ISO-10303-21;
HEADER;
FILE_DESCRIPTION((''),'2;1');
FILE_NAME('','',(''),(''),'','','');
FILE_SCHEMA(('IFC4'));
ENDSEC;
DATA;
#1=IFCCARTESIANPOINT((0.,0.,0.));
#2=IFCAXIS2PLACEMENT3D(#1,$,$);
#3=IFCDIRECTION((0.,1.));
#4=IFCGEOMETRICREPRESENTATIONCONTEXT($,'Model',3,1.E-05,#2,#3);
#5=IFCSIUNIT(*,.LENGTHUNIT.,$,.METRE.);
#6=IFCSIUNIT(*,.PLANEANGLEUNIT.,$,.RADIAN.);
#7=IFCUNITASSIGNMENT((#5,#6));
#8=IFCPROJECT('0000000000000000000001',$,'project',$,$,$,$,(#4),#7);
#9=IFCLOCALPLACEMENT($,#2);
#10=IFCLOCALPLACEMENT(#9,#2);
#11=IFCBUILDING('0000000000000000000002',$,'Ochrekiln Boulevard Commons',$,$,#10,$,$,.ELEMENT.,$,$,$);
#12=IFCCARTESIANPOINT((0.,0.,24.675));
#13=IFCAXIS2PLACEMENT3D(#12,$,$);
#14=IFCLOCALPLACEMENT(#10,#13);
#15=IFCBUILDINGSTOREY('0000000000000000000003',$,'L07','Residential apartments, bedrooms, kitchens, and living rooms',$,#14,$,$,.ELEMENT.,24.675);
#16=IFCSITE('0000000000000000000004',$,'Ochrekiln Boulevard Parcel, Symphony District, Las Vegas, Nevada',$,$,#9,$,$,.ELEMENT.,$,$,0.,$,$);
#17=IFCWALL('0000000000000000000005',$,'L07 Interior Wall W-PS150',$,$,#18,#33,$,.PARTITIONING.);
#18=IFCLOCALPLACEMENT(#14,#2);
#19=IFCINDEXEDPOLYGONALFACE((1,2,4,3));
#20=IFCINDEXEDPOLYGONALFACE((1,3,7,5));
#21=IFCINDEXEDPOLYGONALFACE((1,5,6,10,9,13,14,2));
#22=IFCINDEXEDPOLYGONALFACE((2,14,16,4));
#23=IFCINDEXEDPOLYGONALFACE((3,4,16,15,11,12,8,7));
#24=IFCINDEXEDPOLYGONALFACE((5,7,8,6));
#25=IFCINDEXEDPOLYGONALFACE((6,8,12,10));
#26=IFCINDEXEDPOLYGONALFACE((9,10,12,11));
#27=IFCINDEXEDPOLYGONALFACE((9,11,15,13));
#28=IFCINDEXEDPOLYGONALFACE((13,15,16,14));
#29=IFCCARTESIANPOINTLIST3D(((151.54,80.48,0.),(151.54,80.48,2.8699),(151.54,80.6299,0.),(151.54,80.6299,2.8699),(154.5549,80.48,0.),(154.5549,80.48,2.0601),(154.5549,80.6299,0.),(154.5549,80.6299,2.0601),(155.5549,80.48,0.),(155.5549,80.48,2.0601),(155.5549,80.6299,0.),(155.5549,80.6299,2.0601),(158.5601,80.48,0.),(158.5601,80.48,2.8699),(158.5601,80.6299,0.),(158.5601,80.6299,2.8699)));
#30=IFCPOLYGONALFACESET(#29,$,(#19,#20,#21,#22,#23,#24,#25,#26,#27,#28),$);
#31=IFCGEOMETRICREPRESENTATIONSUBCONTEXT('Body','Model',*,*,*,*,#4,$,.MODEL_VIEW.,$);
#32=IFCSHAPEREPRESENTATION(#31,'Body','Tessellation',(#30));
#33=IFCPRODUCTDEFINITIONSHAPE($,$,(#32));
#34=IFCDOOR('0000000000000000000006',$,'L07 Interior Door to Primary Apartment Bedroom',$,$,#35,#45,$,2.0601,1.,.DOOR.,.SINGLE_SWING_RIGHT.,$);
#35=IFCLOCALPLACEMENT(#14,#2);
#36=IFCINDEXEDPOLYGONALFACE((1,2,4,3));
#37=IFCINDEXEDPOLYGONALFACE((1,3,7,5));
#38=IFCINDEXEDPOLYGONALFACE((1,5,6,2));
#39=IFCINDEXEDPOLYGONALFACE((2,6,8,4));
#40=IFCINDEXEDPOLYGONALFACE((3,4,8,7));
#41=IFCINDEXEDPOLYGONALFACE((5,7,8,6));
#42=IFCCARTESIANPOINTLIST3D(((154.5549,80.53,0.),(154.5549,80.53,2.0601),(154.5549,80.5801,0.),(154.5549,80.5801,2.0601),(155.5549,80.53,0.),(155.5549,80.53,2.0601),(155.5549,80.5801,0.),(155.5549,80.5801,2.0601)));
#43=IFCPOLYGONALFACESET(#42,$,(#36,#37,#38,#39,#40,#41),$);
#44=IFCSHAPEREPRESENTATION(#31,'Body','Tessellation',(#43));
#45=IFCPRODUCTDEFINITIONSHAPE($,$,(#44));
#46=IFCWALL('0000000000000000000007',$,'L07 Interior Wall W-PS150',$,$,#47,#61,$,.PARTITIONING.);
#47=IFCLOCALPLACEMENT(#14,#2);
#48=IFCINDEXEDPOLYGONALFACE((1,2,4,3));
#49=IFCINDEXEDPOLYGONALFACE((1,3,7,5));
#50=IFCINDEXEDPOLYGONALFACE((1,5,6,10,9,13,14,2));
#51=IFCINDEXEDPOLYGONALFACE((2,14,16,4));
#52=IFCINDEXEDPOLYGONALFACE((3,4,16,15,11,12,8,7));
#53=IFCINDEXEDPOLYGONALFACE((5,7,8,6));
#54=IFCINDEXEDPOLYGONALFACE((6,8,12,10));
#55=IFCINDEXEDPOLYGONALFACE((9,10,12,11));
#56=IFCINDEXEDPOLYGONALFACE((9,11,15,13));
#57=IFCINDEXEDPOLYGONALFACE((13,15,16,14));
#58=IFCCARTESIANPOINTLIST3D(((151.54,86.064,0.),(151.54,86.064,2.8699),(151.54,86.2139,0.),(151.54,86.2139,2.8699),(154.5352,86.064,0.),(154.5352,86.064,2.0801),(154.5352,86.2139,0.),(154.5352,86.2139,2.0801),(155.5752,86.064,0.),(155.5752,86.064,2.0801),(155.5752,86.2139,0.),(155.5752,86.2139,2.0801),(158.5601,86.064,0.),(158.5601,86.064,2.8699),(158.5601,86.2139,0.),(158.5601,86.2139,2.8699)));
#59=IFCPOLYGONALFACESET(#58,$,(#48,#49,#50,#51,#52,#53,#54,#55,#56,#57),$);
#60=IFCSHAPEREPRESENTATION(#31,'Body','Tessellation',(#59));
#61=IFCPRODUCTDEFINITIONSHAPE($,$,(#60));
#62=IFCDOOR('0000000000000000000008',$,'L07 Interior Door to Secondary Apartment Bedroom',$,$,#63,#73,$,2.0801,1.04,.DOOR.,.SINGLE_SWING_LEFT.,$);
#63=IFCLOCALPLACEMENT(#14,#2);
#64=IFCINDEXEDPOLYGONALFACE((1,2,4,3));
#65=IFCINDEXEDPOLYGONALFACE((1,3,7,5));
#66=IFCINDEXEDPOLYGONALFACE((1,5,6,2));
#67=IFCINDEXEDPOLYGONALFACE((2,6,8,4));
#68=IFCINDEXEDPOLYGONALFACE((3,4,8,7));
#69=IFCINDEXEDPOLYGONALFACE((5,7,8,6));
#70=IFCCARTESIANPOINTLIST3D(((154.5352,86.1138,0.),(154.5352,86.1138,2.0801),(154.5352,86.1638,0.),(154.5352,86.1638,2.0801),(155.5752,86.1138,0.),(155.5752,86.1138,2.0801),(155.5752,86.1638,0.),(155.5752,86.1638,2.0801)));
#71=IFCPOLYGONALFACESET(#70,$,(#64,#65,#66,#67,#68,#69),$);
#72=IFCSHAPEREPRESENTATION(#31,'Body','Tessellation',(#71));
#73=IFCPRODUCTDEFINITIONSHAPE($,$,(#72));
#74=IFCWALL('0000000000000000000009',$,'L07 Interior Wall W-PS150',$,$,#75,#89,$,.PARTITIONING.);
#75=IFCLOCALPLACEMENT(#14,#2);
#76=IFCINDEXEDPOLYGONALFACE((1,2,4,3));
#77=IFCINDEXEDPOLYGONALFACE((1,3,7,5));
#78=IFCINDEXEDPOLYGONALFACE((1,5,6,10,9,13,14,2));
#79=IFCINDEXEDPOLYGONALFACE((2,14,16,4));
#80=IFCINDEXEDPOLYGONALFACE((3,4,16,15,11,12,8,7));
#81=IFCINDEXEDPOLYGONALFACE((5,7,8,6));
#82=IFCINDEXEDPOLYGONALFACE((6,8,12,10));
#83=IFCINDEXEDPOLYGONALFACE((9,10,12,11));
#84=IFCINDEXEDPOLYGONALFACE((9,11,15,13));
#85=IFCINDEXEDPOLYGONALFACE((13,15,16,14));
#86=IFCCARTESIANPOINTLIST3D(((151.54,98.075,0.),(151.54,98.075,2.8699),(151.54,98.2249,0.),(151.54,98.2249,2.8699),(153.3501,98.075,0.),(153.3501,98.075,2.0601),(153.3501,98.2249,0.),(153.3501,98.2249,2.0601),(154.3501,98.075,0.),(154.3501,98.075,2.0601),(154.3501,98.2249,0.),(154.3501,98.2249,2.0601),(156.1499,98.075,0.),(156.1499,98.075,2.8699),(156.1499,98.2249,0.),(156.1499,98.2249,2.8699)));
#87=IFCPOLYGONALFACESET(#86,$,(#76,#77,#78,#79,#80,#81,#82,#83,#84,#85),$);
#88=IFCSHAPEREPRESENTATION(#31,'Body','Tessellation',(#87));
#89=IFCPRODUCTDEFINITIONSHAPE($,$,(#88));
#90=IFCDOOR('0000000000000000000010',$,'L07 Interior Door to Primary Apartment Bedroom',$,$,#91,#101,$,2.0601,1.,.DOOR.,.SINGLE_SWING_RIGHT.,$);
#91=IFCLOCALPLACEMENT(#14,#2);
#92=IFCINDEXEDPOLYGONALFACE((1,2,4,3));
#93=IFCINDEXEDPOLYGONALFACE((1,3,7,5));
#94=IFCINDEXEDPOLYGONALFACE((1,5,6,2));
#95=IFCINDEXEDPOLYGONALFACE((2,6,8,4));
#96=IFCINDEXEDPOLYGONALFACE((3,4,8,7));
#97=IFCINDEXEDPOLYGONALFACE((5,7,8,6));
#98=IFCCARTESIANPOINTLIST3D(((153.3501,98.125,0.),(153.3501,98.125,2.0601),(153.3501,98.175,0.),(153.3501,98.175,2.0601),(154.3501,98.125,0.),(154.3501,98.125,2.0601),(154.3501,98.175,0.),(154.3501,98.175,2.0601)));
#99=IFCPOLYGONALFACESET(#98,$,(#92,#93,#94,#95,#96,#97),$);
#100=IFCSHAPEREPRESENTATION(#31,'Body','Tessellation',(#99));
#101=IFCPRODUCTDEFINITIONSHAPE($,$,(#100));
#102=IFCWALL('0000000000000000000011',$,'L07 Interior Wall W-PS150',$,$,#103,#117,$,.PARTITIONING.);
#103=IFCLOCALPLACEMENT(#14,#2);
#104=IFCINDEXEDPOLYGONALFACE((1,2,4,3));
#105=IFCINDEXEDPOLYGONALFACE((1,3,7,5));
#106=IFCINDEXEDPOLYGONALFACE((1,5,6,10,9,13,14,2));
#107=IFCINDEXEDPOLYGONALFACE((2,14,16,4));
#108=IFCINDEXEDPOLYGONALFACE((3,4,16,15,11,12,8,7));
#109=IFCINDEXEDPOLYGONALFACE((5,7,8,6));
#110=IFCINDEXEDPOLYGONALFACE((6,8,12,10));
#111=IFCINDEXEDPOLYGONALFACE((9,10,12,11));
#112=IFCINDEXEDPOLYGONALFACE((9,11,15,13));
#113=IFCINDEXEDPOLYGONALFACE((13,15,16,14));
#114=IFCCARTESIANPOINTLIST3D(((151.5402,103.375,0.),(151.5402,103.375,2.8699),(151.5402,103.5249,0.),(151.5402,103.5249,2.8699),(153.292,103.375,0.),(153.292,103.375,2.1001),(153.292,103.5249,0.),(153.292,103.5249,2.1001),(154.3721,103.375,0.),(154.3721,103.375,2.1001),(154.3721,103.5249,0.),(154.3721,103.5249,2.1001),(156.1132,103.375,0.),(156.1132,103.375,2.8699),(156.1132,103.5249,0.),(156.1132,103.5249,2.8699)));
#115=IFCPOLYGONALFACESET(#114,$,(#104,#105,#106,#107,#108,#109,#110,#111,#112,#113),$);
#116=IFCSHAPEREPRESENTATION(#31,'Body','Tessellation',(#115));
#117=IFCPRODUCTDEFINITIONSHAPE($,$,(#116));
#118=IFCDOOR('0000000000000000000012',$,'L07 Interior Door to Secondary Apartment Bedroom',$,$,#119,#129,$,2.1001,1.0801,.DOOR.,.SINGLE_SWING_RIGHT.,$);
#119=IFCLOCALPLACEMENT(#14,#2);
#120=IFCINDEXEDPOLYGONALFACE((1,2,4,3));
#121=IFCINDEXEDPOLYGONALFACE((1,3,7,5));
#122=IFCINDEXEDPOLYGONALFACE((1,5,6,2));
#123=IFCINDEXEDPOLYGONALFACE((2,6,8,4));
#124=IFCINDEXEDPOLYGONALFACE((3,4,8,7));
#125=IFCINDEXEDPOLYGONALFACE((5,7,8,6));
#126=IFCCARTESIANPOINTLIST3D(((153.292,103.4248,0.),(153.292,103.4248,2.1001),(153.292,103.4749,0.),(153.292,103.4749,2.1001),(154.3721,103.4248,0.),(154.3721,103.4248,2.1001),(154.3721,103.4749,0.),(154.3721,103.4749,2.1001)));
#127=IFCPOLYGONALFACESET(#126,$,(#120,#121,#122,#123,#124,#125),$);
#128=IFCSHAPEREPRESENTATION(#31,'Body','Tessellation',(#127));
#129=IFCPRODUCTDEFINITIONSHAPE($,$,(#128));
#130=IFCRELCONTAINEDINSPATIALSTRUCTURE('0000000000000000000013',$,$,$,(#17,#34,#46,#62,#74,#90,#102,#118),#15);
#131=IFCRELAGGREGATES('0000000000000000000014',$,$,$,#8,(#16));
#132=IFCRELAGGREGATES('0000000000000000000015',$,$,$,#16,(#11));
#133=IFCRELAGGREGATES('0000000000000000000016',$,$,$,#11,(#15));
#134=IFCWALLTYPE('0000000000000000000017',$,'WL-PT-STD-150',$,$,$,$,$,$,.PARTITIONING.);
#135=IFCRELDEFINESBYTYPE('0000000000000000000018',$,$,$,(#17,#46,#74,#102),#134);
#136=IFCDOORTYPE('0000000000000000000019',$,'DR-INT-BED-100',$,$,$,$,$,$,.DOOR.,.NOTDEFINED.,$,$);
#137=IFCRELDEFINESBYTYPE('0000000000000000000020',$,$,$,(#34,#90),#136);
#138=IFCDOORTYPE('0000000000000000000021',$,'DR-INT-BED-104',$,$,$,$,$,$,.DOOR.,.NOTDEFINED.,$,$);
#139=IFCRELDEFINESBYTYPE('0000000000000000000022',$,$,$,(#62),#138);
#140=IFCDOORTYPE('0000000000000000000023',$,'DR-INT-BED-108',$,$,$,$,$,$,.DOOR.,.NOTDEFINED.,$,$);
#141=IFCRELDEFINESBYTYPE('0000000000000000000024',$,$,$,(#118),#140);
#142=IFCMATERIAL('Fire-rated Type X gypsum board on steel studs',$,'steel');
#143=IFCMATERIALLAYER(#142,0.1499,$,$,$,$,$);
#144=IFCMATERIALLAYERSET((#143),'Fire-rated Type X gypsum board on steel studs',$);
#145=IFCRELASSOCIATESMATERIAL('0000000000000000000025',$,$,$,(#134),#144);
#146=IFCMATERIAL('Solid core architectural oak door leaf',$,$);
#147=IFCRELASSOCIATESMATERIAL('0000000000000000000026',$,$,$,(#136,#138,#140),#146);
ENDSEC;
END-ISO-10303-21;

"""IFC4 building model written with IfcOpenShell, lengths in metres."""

from ifc_helpers import new_model, si_unit, direction, frame, frame_2d, origin, place, context, subcontext, project, spatial, rectangle, extrude, material, layer, layer_set, type_object, element, fill, save


model = new_model("IFC4")

# Units and contexts
model_context = context("Model", 3, precision=1e-05, world=origin(), true_north=direction((0.0, 1.0)))
body_context = subcontext(model_context, "Body", "Model", "MODEL_VIEW")
ifc_project = project(units=[si_unit("LENGTHUNIT", "METRE"), si_unit("PLANEANGLEUNIT", "RADIAN")], contexts=[model_context])

# Site, building, storey
site_placement = place(None, origin())
site = spatial("IfcSite", under=ifc_project, at=site_placement, Name="Ochrekiln Boulevard Parcel, Symphony District, Las Vegas, Nevada", CompositionType="ELEMENT", RefElevation=0.0)
building_placement = place(site_placement, origin())
building = spatial("IfcBuilding", under=site, at=building_placement, Name="Ochrekiln Boulevard Commons", CompositionType="ELEMENT")
storey_placement = place(building_placement, frame((0.0, 0.0, 24.675)))
storey = spatial("IfcBuildingStorey", under=building, at=storey_placement, Name="L07", Description="Residential apartments, bedrooms, kitchens, and living rooms", CompositionType="ELEMENT", Elevation=24.675)

# Shared definitions
ifc_material_1 = material(Name="Fire-rated Type X gypsum board on steel studs", Category="steel")

# Walls, openings, doors
ifc_layer_1 = layer(ifc_material_1, 0.1499)
ifc_layer_set_1 = layer_set([ifc_layer_1], Name="Fire-rated Type X gypsum board on steel studs")
wall_type_1 = type_object("IfcWallType", Name="WL-PT-STD-150", PredefinedType="PARTITIONING", material=ifc_layer_set_1)
wall_1_placement = place(storey_placement, frame((151.54, 80.5549, 0.0), z_axis=(0.0, 0.0, 1.0), x_axis=(1.0, 0.0, 0.0)))
wall_1 = element("IfcWall", 1, at=wall_1_placement, inside=storey, type_object=wall_type_1, Name="L07 Interior Wall W-PS150", PredefinedType="PARTITIONING", context=body_context, shape_type="SweptSolid", body=[
    extrude(rectangle(XDim=7.02, YDim=0.1499, at=frame_2d((3.51, 0.0))), origin(), (0.0, 0.0, 1.0), 2.8699),
])
opening_1_placement = place(wall_1_placement, frame((3.0149, 0.0, 0.0)))
opening_1 = element("IfcOpeningElement", 2, at=opening_1_placement, cuts=wall_1, PredefinedType="OPENING", context=body_context, shape_type="SweptSolid", body=[
    extrude(rectangle(XDim=1.0, YDim=2.0601, at=frame_2d((0.5, 1.03))), frame((0.0, 0.085, 0.0), z_axis=(0.0, -1.0, 0.0), x_axis=(1.0, 0.0, 0.0)), (0.0, 0.0, 1.0), 0.1699),
])
ifc_material_2 = material(Name="Solid core architectural oak door leaf")
door_type_1 = type_object("IfcDoorType", Name="DR-INT-BED-100", OperationType="NOTDEFINED", PredefinedType="DOOR", material=ifc_material_2)
door_1_placement = place(opening_1_placement, frame((1.0, 0.0, 0.0), z_axis=(0.0, 0.0, 1.0), x_axis=(-1.0, 0.0, 0.0)))
door_1 = element("IfcDoor", 3, at=door_1_placement, inside=storey, type_object=door_type_1, Name="L07 Interior Door to Primary Apartment Bedroom", OperationType="SINGLE_SWING_RIGHT", OverallHeight=2.0601, OverallWidth=1.0, PredefinedType="DOOR", context=body_context, shape_type="SweptSolid", body=[
    extrude(rectangle(XDim=1.0, YDim=2.0601, at=frame_2d((0.5, 1.03))), frame((0.0, 0.0249, 0.0), z_axis=(0.0, -1.0, 0.0), x_axis=(1.0, 0.0, 0.0)), (0.0, 0.0, 1.0), 0.05),
])
fill(opening_1, door_1)
wall_2_placement = place(storey_placement, frame((151.54, 86.1389, 0.0), z_axis=(0.0, 0.0, 1.0), x_axis=(1.0, 0.0, 0.0)))
wall_2 = element("IfcWall", 4, at=wall_2_placement, inside=storey, type_object=wall_type_1, Name="L07 Interior Wall W-PS150", PredefinedType="PARTITIONING", context=body_context, shape_type="SweptSolid", body=[
    extrude(rectangle(XDim=7.02, YDim=0.1499, at=frame_2d((3.51, 0.0))), origin(), (0.0, 0.0, 1.0), 2.8699),
])
opening_2_placement = place(wall_2_placement, frame((2.9951, 0.0, 0.0)))
opening_2 = element("IfcOpeningElement", 5, at=opening_2_placement, cuts=wall_2, PredefinedType="OPENING", context=body_context, shape_type="SweptSolid", body=[
    extrude(rectangle(XDim=1.04, YDim=2.0801, at=frame_2d((0.52, 1.04))), frame((0.0, 0.085, 0.0), z_axis=(0.0, -1.0, 0.0), x_axis=(1.0, 0.0, 0.0)), (0.0, 0.0, 1.0), 0.1699),
])
door_type_2 = type_object("IfcDoorType", Name="DR-INT-BED-104", OperationType="NOTDEFINED", PredefinedType="DOOR", material=ifc_material_2)
door_2_placement = place(opening_2_placement, origin())
door_2 = element("IfcDoor", 6, at=door_2_placement, inside=storey, type_object=door_type_2, Name="L07 Interior Door to Secondary Apartment Bedroom", OperationType="SINGLE_SWING_LEFT", OverallHeight=2.0801, OverallWidth=1.04, PredefinedType="DOOR", context=body_context, shape_type="SweptSolid", body=[
    extrude(rectangle(XDim=1.04, YDim=2.0801, at=frame_2d((0.52, 1.04))), frame((0.0, 0.0249, 0.0), z_axis=(0.0, -1.0, 0.0), x_axis=(1.0, 0.0, 0.0)), (0.0, 0.0, 1.0), 0.05),
])
fill(opening_2, door_2)
wall_3_placement = place(storey_placement, frame((151.54, 98.1499, 0.0), z_axis=(0.0, 0.0, 1.0), x_axis=(1.0, 0.0, 0.0)))
wall_3 = element("IfcWall", 7, at=wall_3_placement, inside=storey, type_object=wall_type_1, Name="L07 Interior Wall W-PS150", PredefinedType="PARTITIONING", context=body_context, shape_type="SweptSolid", body=[
    extrude(rectangle(XDim=4.6099, YDim=0.1499, at=frame_2d((2.3049, 0.0))), origin(), (0.0, 0.0, 1.0), 2.8699),
])
opening_3_placement = place(wall_3_placement, frame((1.8101, 0.0, 0.0)))
opening_3 = element("IfcOpeningElement", 8, at=opening_3_placement, cuts=wall_3, PredefinedType="OPENING", context=body_context, shape_type="SweptSolid", body=[
    extrude(rectangle(XDim=1.0, YDim=2.0601, at=frame_2d((0.5, 1.03))), frame((0.0, 0.085, 0.0), z_axis=(0.0, -1.0, 0.0), x_axis=(1.0, 0.0, 0.0)), (0.0, 0.0, 1.0), 0.1699),
])
door_3_placement = place(opening_3_placement, frame((1.0, 0.0, 0.0), z_axis=(0.0, 0.0, 1.0), x_axis=(-1.0, 0.0, 0.0)))
door_3 = element("IfcDoor", 9, at=door_3_placement, inside=storey, type_object=door_type_1, Name="L07 Interior Door to Primary Apartment Bedroom", OperationType="SINGLE_SWING_RIGHT", OverallHeight=2.0601, OverallWidth=1.0, PredefinedType="DOOR", context=body_context, shape_type="SweptSolid", body=[
    extrude(rectangle(XDim=1.0, YDim=2.0601, at=frame_2d((0.5, 1.03))), frame((0.0, 0.0249, 0.0), z_axis=(0.0, -1.0, 0.0), x_axis=(1.0, 0.0, 0.0)), (0.0, 0.0, 1.0), 0.05),
])
fill(opening_3, door_3)
wall_4_placement = place(storey_placement, frame((151.54, 103.45, 0.0), z_axis=(0.0, 0.0, 1.0), x_axis=(1.0, 0.0, 0.0)))
wall_4 = element("IfcWall", 10, at=wall_4_placement, inside=storey, type_object=wall_type_1, Name="L07 Interior Wall W-PS150", PredefinedType="PARTITIONING", context=body_context, shape_type="SweptSolid", body=[
    extrude(rectangle(XDim=4.573, YDim=0.1499, at=frame_2d((2.2866, 0.0))), origin(), (0.0, 0.0, 1.0), 2.8699),
])
opening_4_placement = place(wall_4_placement, frame((1.752, 0.0, 0.0)))
opening_4 = element("IfcOpeningElement", 11, at=opening_4_placement, cuts=wall_4, PredefinedType="OPENING", context=body_context, shape_type="SweptSolid", body=[
    extrude(rectangle(XDim=1.0801, YDim=2.1001, at=frame_2d((0.54, 1.05))), frame((0.0, 0.085, 0.0), z_axis=(0.0, -1.0, 0.0), x_axis=(1.0, 0.0, 0.0)), (0.0, 0.0, 1.0), 0.1699),
])
door_type_3 = type_object("IfcDoorType", Name="DR-INT-BED-108", OperationType="NOTDEFINED", PredefinedType="DOOR", material=ifc_material_2)
door_4_placement = place(opening_4_placement, origin())
door_4 = element("IfcDoor", 12, at=door_4_placement, inside=storey, type_object=door_type_3, Name="L07 Interior Door to Secondary Apartment Bedroom", OperationType="SINGLE_SWING_RIGHT", OverallHeight=2.1001, OverallWidth=1.0801, PredefinedType="DOOR", context=body_context, shape_type="SweptSolid", body=[
    extrude(rectangle(XDim=1.0801, YDim=2.1001, at=frame_2d((0.54, 1.05))), frame((0.0, 0.0249, 0.0), z_axis=(0.0, -1.0, 0.0), x_axis=(1.0, 0.0, 0.0)), (0.0, 0.0, 1.0), 0.05),
])
fill(opening_4, door_4)

save(model, "model.ifc")
